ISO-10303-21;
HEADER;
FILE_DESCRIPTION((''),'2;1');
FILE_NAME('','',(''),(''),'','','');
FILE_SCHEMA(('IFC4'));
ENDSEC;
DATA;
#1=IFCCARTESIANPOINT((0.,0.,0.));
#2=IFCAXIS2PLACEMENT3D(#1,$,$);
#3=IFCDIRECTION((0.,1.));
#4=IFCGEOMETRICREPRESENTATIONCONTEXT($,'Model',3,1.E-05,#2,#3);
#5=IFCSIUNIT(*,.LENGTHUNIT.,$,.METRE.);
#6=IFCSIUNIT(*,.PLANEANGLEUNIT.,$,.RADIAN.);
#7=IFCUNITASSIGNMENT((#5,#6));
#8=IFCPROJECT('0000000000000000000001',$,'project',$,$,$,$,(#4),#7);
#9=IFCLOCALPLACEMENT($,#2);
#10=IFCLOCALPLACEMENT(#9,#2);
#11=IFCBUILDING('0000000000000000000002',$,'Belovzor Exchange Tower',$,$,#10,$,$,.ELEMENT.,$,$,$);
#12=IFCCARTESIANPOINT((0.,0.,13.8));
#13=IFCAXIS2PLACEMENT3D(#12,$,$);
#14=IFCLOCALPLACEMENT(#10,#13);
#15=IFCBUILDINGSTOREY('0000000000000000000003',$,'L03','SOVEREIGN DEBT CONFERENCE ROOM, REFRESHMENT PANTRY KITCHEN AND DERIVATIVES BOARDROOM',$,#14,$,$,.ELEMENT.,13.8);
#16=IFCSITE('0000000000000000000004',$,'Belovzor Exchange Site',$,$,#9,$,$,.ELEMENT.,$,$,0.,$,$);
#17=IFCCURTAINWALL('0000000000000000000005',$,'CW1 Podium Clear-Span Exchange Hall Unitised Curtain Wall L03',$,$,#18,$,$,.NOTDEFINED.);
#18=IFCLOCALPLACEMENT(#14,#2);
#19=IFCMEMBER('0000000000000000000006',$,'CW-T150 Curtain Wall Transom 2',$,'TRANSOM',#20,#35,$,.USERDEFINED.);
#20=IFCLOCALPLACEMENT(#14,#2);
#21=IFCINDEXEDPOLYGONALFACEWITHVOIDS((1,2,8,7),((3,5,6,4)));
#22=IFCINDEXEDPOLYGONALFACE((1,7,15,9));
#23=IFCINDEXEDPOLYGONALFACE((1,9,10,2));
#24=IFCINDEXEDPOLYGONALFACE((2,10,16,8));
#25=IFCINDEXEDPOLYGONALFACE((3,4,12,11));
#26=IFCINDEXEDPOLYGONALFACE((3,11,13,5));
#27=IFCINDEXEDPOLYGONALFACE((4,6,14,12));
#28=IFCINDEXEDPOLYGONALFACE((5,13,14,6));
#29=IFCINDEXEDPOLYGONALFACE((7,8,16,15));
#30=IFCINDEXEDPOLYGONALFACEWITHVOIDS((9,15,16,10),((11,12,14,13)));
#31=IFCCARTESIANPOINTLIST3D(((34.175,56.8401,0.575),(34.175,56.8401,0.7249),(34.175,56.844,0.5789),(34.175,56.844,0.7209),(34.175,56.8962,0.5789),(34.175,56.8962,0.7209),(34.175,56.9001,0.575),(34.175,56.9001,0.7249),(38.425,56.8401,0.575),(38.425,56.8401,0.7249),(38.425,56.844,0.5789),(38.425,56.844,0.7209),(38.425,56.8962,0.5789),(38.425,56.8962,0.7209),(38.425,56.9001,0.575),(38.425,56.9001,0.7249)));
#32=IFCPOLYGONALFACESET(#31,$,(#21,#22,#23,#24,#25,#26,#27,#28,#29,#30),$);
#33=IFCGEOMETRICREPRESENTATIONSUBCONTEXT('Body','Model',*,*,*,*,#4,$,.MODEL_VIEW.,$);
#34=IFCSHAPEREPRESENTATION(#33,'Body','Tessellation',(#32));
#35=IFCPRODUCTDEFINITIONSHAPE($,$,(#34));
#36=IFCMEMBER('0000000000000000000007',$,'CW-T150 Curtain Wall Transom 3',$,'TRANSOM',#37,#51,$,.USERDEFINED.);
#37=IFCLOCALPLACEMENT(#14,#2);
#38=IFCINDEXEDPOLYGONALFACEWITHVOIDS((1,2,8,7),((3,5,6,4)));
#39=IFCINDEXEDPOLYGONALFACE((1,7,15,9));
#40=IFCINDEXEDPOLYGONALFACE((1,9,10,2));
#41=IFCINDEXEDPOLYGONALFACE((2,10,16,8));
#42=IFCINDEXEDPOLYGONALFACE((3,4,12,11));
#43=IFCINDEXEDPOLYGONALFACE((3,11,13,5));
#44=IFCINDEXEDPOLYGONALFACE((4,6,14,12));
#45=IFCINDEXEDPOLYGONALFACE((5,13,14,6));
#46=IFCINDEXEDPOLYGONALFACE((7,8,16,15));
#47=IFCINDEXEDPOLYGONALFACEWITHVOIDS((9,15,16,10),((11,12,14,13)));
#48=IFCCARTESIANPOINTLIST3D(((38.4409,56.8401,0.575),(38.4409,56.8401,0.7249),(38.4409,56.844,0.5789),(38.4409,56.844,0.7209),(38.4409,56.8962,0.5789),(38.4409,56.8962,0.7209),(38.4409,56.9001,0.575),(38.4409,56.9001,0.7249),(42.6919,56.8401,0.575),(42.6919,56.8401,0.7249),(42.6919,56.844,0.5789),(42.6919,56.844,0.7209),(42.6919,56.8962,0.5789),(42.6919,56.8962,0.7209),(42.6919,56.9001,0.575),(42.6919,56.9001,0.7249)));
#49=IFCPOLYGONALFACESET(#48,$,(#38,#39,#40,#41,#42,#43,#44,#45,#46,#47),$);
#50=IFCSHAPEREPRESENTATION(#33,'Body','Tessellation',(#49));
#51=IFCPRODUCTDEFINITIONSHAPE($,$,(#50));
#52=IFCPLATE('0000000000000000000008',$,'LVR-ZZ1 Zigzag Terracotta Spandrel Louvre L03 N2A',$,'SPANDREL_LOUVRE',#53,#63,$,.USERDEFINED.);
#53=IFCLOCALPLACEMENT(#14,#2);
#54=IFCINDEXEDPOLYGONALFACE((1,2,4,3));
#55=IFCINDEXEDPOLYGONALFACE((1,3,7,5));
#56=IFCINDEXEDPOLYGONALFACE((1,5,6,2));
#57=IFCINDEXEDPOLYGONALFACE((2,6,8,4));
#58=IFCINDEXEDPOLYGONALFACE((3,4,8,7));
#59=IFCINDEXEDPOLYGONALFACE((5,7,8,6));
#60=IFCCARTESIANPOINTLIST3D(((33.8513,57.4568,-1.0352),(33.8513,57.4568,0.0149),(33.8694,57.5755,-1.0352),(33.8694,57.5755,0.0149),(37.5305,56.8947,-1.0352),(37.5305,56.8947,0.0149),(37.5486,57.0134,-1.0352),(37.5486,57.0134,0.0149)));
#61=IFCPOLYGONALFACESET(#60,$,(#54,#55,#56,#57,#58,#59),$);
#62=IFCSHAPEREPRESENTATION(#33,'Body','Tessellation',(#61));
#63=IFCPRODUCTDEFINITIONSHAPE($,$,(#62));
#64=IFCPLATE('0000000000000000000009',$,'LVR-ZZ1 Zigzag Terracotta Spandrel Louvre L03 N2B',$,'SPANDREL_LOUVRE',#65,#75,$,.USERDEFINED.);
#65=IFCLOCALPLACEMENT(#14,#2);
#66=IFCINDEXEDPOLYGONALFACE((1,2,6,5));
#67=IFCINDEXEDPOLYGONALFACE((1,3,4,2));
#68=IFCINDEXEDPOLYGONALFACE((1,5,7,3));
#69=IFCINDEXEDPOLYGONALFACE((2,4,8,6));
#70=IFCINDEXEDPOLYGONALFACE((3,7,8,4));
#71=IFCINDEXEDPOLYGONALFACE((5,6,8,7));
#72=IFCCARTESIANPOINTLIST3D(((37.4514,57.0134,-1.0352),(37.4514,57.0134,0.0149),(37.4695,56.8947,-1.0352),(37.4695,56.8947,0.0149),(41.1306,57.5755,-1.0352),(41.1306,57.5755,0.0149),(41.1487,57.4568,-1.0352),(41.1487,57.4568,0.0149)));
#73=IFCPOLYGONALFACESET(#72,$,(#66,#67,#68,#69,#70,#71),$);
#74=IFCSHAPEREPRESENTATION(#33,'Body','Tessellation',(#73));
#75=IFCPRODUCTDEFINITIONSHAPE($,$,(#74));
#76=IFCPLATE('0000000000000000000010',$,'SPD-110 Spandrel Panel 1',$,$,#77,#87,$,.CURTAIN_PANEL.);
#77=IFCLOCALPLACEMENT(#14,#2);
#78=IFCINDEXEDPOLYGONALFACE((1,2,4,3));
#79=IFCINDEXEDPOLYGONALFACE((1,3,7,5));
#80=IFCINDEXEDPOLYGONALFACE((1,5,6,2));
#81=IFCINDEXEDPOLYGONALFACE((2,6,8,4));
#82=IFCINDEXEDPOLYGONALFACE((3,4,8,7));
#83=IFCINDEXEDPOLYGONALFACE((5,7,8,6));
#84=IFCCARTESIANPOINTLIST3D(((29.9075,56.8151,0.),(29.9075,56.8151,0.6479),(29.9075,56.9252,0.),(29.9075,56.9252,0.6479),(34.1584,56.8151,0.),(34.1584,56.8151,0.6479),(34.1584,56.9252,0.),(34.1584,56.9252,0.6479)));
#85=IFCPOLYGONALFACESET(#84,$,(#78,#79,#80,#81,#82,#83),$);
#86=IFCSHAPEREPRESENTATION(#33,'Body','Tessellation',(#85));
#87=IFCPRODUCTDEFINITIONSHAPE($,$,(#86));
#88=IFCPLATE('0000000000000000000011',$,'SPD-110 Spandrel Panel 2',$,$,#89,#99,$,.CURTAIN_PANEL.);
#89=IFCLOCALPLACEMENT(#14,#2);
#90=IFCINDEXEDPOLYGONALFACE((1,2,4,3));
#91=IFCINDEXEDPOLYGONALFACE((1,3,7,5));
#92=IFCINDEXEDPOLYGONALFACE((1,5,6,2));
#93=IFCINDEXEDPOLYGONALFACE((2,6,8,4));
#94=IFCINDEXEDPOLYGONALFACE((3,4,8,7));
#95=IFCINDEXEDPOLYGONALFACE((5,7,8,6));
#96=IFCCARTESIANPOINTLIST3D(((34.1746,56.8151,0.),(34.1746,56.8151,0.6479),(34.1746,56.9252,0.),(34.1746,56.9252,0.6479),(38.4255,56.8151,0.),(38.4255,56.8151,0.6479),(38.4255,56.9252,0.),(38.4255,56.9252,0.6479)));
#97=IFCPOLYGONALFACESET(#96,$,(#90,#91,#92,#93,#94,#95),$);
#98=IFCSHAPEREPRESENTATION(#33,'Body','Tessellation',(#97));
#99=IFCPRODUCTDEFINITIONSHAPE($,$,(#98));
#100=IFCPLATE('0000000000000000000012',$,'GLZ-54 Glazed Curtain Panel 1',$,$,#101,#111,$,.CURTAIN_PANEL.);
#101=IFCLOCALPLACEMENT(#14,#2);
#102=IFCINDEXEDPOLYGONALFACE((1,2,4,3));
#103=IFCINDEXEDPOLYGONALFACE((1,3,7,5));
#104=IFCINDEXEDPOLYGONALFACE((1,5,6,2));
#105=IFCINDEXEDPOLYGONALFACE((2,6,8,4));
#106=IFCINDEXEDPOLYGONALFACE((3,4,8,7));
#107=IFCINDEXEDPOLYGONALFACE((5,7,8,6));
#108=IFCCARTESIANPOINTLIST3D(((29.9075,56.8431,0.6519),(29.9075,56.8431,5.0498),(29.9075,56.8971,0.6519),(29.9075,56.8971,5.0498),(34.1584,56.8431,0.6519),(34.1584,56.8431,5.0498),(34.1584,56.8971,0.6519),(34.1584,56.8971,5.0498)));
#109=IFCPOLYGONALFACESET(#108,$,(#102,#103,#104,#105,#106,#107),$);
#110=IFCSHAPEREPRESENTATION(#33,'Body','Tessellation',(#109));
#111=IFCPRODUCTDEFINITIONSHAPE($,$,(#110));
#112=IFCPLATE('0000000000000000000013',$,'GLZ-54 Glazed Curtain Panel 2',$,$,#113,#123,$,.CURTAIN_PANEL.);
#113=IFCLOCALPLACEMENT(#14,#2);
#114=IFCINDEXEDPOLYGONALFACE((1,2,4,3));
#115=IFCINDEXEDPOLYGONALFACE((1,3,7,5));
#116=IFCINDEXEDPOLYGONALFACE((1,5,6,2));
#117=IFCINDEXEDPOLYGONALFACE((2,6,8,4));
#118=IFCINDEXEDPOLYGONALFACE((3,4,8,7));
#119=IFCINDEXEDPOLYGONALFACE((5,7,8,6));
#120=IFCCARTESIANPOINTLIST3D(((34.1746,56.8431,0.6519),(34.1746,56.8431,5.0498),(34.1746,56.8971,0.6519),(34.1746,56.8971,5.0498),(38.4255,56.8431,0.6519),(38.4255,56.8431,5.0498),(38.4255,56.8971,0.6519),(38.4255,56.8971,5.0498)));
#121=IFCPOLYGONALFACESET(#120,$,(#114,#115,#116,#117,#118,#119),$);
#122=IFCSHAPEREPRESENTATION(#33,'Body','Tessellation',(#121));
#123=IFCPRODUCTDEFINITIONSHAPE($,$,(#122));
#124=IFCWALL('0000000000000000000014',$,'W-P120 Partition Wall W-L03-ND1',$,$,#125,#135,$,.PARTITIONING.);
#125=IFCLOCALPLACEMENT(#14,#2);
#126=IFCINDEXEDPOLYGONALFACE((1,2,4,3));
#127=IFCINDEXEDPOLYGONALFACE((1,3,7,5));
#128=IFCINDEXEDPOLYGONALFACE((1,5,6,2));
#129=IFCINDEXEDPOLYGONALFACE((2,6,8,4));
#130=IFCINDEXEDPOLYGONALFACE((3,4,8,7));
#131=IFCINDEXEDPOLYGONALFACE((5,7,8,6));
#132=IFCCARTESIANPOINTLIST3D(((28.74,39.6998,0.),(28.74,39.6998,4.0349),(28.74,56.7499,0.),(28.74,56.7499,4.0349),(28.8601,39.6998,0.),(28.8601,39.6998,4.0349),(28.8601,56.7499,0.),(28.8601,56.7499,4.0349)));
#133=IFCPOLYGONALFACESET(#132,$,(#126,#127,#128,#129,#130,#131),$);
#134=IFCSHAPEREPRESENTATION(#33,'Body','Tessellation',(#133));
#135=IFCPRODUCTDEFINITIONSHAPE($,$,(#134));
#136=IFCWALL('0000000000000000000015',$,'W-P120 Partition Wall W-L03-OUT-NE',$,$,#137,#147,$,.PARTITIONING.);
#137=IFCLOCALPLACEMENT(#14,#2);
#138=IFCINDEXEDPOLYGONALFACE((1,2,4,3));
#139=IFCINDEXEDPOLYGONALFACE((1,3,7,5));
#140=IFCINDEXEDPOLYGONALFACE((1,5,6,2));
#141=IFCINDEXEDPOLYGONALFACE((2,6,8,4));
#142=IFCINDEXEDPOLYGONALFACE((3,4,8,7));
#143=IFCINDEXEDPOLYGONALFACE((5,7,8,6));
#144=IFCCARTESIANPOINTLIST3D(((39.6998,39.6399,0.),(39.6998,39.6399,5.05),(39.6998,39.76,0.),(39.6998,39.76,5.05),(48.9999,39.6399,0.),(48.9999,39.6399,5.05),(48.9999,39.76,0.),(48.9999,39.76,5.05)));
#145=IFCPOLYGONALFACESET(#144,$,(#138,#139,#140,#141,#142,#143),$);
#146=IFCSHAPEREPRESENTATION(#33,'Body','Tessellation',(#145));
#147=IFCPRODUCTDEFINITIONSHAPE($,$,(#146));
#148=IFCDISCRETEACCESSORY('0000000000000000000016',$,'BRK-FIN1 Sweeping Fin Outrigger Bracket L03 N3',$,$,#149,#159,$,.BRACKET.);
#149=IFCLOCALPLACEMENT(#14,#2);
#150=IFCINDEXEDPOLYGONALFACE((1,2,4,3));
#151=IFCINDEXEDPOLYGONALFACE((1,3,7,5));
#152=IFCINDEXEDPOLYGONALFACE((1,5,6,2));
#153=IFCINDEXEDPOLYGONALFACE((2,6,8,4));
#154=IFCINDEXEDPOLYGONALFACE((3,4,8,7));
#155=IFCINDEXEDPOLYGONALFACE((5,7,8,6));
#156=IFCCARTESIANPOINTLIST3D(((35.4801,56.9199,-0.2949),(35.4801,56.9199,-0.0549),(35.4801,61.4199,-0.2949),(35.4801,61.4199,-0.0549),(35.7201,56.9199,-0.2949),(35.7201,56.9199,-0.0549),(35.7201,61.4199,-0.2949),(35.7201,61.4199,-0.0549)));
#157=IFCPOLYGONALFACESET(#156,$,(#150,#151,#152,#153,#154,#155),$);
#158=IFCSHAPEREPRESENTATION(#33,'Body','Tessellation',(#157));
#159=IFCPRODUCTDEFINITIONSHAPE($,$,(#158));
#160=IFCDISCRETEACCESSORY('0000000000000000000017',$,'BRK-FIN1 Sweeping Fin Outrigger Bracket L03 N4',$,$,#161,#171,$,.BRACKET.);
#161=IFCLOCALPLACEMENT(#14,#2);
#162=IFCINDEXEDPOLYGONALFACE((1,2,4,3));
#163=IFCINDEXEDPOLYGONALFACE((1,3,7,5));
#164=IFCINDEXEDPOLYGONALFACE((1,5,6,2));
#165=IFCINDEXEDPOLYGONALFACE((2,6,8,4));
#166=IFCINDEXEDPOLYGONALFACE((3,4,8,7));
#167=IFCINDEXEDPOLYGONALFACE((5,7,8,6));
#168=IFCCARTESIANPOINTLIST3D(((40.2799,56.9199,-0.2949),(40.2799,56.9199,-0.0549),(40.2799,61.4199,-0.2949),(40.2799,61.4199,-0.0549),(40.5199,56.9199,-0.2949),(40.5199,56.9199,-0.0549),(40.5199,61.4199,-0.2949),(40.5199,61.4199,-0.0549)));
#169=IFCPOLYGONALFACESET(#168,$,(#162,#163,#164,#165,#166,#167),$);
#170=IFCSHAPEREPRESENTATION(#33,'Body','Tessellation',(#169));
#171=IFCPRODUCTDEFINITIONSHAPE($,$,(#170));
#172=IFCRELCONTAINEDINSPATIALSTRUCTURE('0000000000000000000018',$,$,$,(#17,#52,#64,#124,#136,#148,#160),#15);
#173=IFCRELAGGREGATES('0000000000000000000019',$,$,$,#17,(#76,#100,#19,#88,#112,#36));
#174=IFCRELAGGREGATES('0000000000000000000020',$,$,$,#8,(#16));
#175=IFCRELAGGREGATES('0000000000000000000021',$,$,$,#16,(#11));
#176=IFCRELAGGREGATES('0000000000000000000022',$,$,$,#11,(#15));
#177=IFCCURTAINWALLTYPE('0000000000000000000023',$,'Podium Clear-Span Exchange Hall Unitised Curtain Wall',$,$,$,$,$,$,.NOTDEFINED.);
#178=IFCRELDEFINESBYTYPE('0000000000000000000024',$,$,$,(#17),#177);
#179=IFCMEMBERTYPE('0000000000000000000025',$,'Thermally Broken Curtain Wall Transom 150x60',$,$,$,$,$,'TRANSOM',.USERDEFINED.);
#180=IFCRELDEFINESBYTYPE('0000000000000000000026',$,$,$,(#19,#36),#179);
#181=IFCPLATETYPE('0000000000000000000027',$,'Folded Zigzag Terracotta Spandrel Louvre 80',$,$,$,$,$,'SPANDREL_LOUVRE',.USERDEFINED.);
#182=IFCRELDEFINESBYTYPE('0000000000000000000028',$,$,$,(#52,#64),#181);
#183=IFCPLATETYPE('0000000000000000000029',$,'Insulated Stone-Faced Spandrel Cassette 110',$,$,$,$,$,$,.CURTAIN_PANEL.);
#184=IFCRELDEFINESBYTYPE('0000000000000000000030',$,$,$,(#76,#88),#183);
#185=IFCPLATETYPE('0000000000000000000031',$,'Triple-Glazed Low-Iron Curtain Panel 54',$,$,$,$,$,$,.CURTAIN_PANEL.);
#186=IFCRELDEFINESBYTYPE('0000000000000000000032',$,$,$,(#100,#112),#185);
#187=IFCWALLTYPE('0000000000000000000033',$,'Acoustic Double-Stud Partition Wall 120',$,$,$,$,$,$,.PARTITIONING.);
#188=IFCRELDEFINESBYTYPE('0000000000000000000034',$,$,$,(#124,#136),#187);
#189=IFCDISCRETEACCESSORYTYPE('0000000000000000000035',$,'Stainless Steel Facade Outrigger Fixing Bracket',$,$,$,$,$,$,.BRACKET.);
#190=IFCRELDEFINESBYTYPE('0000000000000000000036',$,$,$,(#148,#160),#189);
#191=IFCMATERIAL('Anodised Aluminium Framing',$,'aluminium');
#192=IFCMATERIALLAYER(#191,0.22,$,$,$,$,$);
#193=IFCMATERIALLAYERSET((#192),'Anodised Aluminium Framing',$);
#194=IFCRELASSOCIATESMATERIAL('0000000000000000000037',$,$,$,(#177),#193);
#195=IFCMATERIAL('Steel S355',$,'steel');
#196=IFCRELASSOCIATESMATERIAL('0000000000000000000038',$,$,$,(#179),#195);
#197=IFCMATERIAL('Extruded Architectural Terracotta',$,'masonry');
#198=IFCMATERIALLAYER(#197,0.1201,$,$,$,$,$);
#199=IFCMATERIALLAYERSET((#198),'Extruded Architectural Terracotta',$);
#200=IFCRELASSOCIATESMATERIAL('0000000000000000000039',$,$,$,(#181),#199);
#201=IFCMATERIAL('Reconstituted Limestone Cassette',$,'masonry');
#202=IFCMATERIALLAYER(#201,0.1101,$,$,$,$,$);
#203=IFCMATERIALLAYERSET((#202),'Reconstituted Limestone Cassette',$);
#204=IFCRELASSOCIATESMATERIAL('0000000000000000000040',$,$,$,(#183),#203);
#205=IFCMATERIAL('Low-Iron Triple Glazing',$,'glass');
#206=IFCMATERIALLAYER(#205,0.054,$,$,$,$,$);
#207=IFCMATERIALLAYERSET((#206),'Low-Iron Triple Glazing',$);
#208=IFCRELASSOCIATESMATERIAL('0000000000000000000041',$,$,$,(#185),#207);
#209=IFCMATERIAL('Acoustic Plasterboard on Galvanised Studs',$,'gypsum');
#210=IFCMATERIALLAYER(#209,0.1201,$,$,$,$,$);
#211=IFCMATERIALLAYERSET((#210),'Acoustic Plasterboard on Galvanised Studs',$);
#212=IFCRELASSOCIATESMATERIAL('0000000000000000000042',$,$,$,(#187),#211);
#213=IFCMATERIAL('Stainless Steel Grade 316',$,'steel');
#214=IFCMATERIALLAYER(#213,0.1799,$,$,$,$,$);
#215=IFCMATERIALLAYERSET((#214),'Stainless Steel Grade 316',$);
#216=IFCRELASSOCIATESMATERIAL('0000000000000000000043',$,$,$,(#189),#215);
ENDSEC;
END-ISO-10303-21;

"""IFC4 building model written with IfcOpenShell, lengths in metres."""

from ifc_helpers import new_model, si_unit, direction, frame, frame_2d, origin, origin_2d, place, context, subcontext, project, spatial, rectangle, hollow_rectangle, extrude, material, layer, layer_set, material_profile, profile_set, type_object, element, aggregate, save


model = new_model("IFC4")

# Units and contexts
model_context = context("Model", 3, precision=1e-05, world=origin(), true_north=direction((0.0, 1.0)))
body_context = subcontext(model_context, "Body", "Model", "MODEL_VIEW")
ifc_project = project(units=[si_unit("LENGTHUNIT", "METRE"), si_unit("PLANEANGLEUNIT", "RADIAN")], contexts=[model_context])

# Site, building, storey
site_placement = place(None, origin())
site = spatial("IfcSite", under=ifc_project, at=site_placement, Name="Belovzor Exchange Site", CompositionType="ELEMENT", RefElevation=0.0)
building_placement = place(site_placement, origin())
building = spatial("IfcBuilding", under=site, at=building_placement, Name="Belovzor Exchange Tower", CompositionType="ELEMENT")
storey_placement = place(building_placement, frame((0.0, 0.0, 13.8)))
storey = spatial("IfcBuildingStorey", under=building, at=storey_placement, Name="L03", Description="SOVEREIGN DEBT CONFERENCE ROOM, REFRESHMENT PANTRY KITCHEN AND DERIVATIVES BOARDROOM", CompositionType="ELEMENT", Elevation=13.8)

# Curtain wall, members
ifc_material_1 = material(Name="Anodised Aluminium Framing", Category="aluminium")
ifc_layer_1 = layer(ifc_material_1, 0.22)
ifc_layer_set_1 = layer_set([ifc_layer_1], Name="Anodised Aluminium Framing")
curtain_wall_type = type_object("IfcCurtainWallType", Name="Podium Clear-Span Exchange Hall Unitised Curtain Wall", PredefinedType="NOTDEFINED", material=ifc_layer_set_1)
curtain_wall_placement = place(storey_placement, origin())
curtain_wall = element("IfcCurtainWall", 1, at=curtain_wall_placement, inside=storey, type_object=curtain_wall_type, Name="CW1 Podium Clear-Span Exchange Hall Unitised Curtain Wall L03", PredefinedType="NOTDEFINED")
ifc_material_2 = material(Name="Steel S355", Category="steel")
ifc_material_profile_1 = material_profile(ifc_material_2, hollow_rectangle(XDim=0.0601, YDim=0.1499, WallThickness=0.0039, at=origin_2d()))
ifc_profile_set_1 = profile_set([ifc_material_profile_1], Name="Steel S355")
member_type_1 = type_object("IfcMemberType", Name="Thermally Broken Curtain Wall Transom 150x60", ElementType="TRANSOM", PredefinedType="USERDEFINED", material=ifc_profile_set_1)
member_1_placement = place(storey_placement, frame((34.175, 56.8701, 0.6499), z_axis=(1.0, 0.0, 0.0), x_axis=(0.0, 1.0, 0.0)))
member_1 = element("IfcMember", 2, at=member_1_placement, type_object=member_type_1, Name="CW-T150 Curtain Wall Transom 2", ObjectType="TRANSOM", PredefinedType="USERDEFINED", context=body_context, shape_type="SweptSolid", body=[
    extrude(hollow_rectangle(XDim=0.0601, YDim=0.1499, WallThickness=0.0039, at=origin_2d()), origin(), (0.0, 0.0, 1.0), 4.25),
])
member_2_placement = place(storey_placement, frame((38.4409, 56.8701, 0.6499), z_axis=(1.0, 0.0, 0.0), x_axis=(0.0, 1.0, 0.0)))
member_2 = element("IfcMember", 3, at=member_2_placement, type_object=member_type_1, Name="CW-T150 Curtain Wall Transom 3", ObjectType="TRANSOM", PredefinedType="USERDEFINED", context=body_context, shape_type="SweptSolid", body=[
    extrude(hollow_rectangle(XDim=0.0601, YDim=0.1499, WallThickness=0.0039, at=origin_2d()), origin(), (0.0, 0.0, 1.0), 4.251),
])

# Plates
ifc_material_3 = material(Name="Extruded Architectural Terracotta", Category="masonry")
ifc_layer_2 = layer(ifc_material_3, 0.1201)
ifc_layer_set_2 = layer_set([ifc_layer_2], Name="Extruded Architectural Terracotta")
plate_type_1 = type_object("IfcPlateType", Name="Folded Zigzag Terracotta Spandrel Louvre 80", ElementType="SPANDREL_LOUVRE", PredefinedType="USERDEFINED", material=ifc_layer_set_2)
for number, where, z_axis, x_axis, name in (
    (4, (35.7, 57.2351, -1.0352), (0.0, 0.0, 1.0), (0.988531, -0.151019, 0.0), "LVR-ZZ1 Zigzag Terracotta Spandrel Louvre L03 N2A"),
    (5, (39.3, 57.2351, -1.0352), (0.0, 0.0, 1.0), (0.988531, 0.151019, 0.0), "LVR-ZZ1 Zigzag Terracotta Spandrel Louvre L03 N2B"),
):
    element("IfcPlate", number, at=place(storey_placement, frame(where, z_axis=z_axis, x_axis=x_axis)), inside=storey, type_object=plate_type_1, Name=name, ObjectType="SPANDREL_LOUVRE", PredefinedType="USERDEFINED", context=body_context, shape_type="SweptSolid", body=[
        extrude(rectangle(XDim=3.7219, YDim=0.1201, at=origin_2d()), origin(), (0.0, 0.0, 1.0), 1.05),
    ])

# Plates
ifc_material_4 = material(Name="Reconstituted Limestone Cassette", Category="masonry")
ifc_layer_3 = layer(ifc_material_4, 0.1101)
ifc_layer_set_3 = layer_set([ifc_layer_3], Name="Reconstituted Limestone Cassette")
plate_type_2 = type_object("IfcPlateType", Name="Insulated Stone-Faced Spandrel Cassette 110", PredefinedType="CURTAIN_PANEL", material=ifc_layer_set_3)
plate_1_placement = place(storey_placement, frame((32.033, 56.8701, 0.0), z_axis=(0.0, 0.0, 1.0), x_axis=(1.0, 0.0, 0.0)))
plate_1 = element("IfcPlate", 6, at=plate_1_placement, type_object=plate_type_2, Name="SPD-110 Spandrel Panel 1", PredefinedType="CURTAIN_PANEL", context=body_context, shape_type="SweptSolid", body=[
    extrude(rectangle(XDim=4.251, YDim=0.1101, at=origin_2d()), origin(), (0.0, 0.0, 1.0), 0.6479),
])
plate_2_placement = place(storey_placement, frame((36.3, 56.8701, 0.0), z_axis=(0.0, 0.0, 1.0), x_axis=(1.0, 0.0, 0.0)))
plate_2 = element("IfcPlate", 7, at=plate_2_placement, type_object=plate_type_2, Name="SPD-110 Spandrel Panel 2", PredefinedType="CURTAIN_PANEL", context=body_context, shape_type="SweptSolid", body=[
    extrude(rectangle(XDim=4.251, YDim=0.1101, at=origin_2d()), origin(), (0.0, 0.0, 1.0), 0.6479),
])
ifc_material_5 = material(Name="Low-Iron Triple Glazing", Category="glass")
ifc_layer_4 = layer(ifc_material_5, 0.054)
ifc_layer_set_4 = layer_set([ifc_layer_4], Name="Low-Iron Triple Glazing")
plate_type_3 = type_object("IfcPlateType", Name="Triple-Glazed Low-Iron Curtain Panel 54", PredefinedType="CURTAIN_PANEL", material=ifc_layer_set_4)
plate_3_placement = place(storey_placement, frame((32.033, 56.8701, 0.6519), z_axis=(0.0, 0.0, 1.0), x_axis=(1.0, 0.0, 0.0)))
plate_3 = element("IfcPlate", 8, at=plate_3_placement, type_object=plate_type_3, Name="GLZ-54 Glazed Curtain Panel 1", PredefinedType="CURTAIN_PANEL", context=body_context, shape_type="SweptSolid", body=[
    extrude(rectangle(XDim=4.251, YDim=0.054, at=origin_2d()), origin(), (0.0, 0.0, 1.0), 4.3979),
])
plate_4_placement = place(storey_placement, frame((36.3, 56.8701, 0.6519), z_axis=(0.0, 0.0, 1.0), x_axis=(1.0, 0.0, 0.0)))
plate_4 = element("IfcPlate", 9, at=plate_4_placement, type_object=plate_type_3, Name="GLZ-54 Glazed Curtain Panel 2", PredefinedType="CURTAIN_PANEL", context=body_context, shape_type="SweptSolid", body=[
    extrude(rectangle(XDim=4.251, YDim=0.054, at=origin_2d()), origin(), (0.0, 0.0, 1.0), 4.3979),
])
aggregate(curtain_wall, [plate_1, plate_3, member_1, plate_2, plate_4, member_2])

# Walls
ifc_material_6 = material(Name="Acoustic Plasterboard on Galvanised Studs", Category="gypsum")
ifc_layer_5 = layer(ifc_material_6, 0.1201)
ifc_layer_set_5 = layer_set([ifc_layer_5], Name="Acoustic Plasterboard on Galvanised Studs")
wall_type = type_object("IfcWallType", Name="Acoustic Double-Stud Partition Wall 120", PredefinedType="PARTITIONING", material=ifc_layer_set_5)
wall_1_placement = place(storey_placement, frame((28.8, 39.7, 0.0), z_axis=(0.0, 0.0, 1.0), x_axis=(0.0, 1.0, 0.0)))
element("IfcWall", 10, at=wall_1_placement, inside=storey, type_object=wall_type, Name="W-P120 Partition Wall W-L03-ND1", PredefinedType="PARTITIONING", context=body_context, shape_type="SweptSolid", body=[
    extrude(rectangle(XDim=17.05, YDim=0.1201, at=frame_2d((8.5249, 0.0))), origin(), (0.0, 0.0, 1.0), 4.0349),
])
wall_2_placement = place(storey_placement, frame((39.7, 39.7, 0.0), z_axis=(0.0, 0.0, 1.0), x_axis=(1.0, 0.0, 0.0)))
element("IfcWall", 11, at=wall_2_placement, inside=storey, type_object=wall_type, Name="W-P120 Partition Wall W-L03-OUT-NE", PredefinedType="PARTITIONING", context=body_context, shape_type="SweptSolid", body=[
    extrude(rectangle(XDim=9.3, YDim=0.1201, at=frame_2d((4.6499, 0.0))), origin(), (0.0, 0.0, 1.0), 5.05),
])

# Discrete accessories
ifc_material_7 = material(Name="Stainless Steel Grade 316", Category="steel")
ifc_layer_6 = layer(ifc_material_7, 0.1799)
ifc_layer_set_6 = layer_set([ifc_layer_6], Name="Stainless Steel Grade 316")
discrete_accessory_type = type_object("IfcDiscreteAccessoryType", Name="Stainless Steel Facade Outrigger Fixing Bracket", PredefinedType="BRACKET", material=ifc_layer_set_6)
for number, where, z_axis, x_axis, name in (
    (12, (35.6001, 59.1699, -0.2949), (0.0, 0.0, 1.0), (0.0, 1.0, 0.0), "BRK-FIN1 Sweeping Fin Outrigger Bracket L03 N3"),
    (13, (40.3999, 59.1699, -0.2949), (0.0, 0.0, 1.0), (0.0, 1.0, 0.0), "BRK-FIN1 Sweeping Fin Outrigger Bracket L03 N4"),
):
    element("IfcDiscreteAccessory", number, at=place(storey_placement, frame(where, z_axis=z_axis, x_axis=x_axis)), inside=storey, type_object=discrete_accessory_type, Name=name, PredefinedType="BRACKET", context=body_context, shape_type="SweptSolid", body=[
        extrude(rectangle(XDim=4.5, YDim=0.24, at=origin_2d()), origin(), (0.0, 0.0, 1.0), 0.24),
    ])

save(model, "model.ifc")
